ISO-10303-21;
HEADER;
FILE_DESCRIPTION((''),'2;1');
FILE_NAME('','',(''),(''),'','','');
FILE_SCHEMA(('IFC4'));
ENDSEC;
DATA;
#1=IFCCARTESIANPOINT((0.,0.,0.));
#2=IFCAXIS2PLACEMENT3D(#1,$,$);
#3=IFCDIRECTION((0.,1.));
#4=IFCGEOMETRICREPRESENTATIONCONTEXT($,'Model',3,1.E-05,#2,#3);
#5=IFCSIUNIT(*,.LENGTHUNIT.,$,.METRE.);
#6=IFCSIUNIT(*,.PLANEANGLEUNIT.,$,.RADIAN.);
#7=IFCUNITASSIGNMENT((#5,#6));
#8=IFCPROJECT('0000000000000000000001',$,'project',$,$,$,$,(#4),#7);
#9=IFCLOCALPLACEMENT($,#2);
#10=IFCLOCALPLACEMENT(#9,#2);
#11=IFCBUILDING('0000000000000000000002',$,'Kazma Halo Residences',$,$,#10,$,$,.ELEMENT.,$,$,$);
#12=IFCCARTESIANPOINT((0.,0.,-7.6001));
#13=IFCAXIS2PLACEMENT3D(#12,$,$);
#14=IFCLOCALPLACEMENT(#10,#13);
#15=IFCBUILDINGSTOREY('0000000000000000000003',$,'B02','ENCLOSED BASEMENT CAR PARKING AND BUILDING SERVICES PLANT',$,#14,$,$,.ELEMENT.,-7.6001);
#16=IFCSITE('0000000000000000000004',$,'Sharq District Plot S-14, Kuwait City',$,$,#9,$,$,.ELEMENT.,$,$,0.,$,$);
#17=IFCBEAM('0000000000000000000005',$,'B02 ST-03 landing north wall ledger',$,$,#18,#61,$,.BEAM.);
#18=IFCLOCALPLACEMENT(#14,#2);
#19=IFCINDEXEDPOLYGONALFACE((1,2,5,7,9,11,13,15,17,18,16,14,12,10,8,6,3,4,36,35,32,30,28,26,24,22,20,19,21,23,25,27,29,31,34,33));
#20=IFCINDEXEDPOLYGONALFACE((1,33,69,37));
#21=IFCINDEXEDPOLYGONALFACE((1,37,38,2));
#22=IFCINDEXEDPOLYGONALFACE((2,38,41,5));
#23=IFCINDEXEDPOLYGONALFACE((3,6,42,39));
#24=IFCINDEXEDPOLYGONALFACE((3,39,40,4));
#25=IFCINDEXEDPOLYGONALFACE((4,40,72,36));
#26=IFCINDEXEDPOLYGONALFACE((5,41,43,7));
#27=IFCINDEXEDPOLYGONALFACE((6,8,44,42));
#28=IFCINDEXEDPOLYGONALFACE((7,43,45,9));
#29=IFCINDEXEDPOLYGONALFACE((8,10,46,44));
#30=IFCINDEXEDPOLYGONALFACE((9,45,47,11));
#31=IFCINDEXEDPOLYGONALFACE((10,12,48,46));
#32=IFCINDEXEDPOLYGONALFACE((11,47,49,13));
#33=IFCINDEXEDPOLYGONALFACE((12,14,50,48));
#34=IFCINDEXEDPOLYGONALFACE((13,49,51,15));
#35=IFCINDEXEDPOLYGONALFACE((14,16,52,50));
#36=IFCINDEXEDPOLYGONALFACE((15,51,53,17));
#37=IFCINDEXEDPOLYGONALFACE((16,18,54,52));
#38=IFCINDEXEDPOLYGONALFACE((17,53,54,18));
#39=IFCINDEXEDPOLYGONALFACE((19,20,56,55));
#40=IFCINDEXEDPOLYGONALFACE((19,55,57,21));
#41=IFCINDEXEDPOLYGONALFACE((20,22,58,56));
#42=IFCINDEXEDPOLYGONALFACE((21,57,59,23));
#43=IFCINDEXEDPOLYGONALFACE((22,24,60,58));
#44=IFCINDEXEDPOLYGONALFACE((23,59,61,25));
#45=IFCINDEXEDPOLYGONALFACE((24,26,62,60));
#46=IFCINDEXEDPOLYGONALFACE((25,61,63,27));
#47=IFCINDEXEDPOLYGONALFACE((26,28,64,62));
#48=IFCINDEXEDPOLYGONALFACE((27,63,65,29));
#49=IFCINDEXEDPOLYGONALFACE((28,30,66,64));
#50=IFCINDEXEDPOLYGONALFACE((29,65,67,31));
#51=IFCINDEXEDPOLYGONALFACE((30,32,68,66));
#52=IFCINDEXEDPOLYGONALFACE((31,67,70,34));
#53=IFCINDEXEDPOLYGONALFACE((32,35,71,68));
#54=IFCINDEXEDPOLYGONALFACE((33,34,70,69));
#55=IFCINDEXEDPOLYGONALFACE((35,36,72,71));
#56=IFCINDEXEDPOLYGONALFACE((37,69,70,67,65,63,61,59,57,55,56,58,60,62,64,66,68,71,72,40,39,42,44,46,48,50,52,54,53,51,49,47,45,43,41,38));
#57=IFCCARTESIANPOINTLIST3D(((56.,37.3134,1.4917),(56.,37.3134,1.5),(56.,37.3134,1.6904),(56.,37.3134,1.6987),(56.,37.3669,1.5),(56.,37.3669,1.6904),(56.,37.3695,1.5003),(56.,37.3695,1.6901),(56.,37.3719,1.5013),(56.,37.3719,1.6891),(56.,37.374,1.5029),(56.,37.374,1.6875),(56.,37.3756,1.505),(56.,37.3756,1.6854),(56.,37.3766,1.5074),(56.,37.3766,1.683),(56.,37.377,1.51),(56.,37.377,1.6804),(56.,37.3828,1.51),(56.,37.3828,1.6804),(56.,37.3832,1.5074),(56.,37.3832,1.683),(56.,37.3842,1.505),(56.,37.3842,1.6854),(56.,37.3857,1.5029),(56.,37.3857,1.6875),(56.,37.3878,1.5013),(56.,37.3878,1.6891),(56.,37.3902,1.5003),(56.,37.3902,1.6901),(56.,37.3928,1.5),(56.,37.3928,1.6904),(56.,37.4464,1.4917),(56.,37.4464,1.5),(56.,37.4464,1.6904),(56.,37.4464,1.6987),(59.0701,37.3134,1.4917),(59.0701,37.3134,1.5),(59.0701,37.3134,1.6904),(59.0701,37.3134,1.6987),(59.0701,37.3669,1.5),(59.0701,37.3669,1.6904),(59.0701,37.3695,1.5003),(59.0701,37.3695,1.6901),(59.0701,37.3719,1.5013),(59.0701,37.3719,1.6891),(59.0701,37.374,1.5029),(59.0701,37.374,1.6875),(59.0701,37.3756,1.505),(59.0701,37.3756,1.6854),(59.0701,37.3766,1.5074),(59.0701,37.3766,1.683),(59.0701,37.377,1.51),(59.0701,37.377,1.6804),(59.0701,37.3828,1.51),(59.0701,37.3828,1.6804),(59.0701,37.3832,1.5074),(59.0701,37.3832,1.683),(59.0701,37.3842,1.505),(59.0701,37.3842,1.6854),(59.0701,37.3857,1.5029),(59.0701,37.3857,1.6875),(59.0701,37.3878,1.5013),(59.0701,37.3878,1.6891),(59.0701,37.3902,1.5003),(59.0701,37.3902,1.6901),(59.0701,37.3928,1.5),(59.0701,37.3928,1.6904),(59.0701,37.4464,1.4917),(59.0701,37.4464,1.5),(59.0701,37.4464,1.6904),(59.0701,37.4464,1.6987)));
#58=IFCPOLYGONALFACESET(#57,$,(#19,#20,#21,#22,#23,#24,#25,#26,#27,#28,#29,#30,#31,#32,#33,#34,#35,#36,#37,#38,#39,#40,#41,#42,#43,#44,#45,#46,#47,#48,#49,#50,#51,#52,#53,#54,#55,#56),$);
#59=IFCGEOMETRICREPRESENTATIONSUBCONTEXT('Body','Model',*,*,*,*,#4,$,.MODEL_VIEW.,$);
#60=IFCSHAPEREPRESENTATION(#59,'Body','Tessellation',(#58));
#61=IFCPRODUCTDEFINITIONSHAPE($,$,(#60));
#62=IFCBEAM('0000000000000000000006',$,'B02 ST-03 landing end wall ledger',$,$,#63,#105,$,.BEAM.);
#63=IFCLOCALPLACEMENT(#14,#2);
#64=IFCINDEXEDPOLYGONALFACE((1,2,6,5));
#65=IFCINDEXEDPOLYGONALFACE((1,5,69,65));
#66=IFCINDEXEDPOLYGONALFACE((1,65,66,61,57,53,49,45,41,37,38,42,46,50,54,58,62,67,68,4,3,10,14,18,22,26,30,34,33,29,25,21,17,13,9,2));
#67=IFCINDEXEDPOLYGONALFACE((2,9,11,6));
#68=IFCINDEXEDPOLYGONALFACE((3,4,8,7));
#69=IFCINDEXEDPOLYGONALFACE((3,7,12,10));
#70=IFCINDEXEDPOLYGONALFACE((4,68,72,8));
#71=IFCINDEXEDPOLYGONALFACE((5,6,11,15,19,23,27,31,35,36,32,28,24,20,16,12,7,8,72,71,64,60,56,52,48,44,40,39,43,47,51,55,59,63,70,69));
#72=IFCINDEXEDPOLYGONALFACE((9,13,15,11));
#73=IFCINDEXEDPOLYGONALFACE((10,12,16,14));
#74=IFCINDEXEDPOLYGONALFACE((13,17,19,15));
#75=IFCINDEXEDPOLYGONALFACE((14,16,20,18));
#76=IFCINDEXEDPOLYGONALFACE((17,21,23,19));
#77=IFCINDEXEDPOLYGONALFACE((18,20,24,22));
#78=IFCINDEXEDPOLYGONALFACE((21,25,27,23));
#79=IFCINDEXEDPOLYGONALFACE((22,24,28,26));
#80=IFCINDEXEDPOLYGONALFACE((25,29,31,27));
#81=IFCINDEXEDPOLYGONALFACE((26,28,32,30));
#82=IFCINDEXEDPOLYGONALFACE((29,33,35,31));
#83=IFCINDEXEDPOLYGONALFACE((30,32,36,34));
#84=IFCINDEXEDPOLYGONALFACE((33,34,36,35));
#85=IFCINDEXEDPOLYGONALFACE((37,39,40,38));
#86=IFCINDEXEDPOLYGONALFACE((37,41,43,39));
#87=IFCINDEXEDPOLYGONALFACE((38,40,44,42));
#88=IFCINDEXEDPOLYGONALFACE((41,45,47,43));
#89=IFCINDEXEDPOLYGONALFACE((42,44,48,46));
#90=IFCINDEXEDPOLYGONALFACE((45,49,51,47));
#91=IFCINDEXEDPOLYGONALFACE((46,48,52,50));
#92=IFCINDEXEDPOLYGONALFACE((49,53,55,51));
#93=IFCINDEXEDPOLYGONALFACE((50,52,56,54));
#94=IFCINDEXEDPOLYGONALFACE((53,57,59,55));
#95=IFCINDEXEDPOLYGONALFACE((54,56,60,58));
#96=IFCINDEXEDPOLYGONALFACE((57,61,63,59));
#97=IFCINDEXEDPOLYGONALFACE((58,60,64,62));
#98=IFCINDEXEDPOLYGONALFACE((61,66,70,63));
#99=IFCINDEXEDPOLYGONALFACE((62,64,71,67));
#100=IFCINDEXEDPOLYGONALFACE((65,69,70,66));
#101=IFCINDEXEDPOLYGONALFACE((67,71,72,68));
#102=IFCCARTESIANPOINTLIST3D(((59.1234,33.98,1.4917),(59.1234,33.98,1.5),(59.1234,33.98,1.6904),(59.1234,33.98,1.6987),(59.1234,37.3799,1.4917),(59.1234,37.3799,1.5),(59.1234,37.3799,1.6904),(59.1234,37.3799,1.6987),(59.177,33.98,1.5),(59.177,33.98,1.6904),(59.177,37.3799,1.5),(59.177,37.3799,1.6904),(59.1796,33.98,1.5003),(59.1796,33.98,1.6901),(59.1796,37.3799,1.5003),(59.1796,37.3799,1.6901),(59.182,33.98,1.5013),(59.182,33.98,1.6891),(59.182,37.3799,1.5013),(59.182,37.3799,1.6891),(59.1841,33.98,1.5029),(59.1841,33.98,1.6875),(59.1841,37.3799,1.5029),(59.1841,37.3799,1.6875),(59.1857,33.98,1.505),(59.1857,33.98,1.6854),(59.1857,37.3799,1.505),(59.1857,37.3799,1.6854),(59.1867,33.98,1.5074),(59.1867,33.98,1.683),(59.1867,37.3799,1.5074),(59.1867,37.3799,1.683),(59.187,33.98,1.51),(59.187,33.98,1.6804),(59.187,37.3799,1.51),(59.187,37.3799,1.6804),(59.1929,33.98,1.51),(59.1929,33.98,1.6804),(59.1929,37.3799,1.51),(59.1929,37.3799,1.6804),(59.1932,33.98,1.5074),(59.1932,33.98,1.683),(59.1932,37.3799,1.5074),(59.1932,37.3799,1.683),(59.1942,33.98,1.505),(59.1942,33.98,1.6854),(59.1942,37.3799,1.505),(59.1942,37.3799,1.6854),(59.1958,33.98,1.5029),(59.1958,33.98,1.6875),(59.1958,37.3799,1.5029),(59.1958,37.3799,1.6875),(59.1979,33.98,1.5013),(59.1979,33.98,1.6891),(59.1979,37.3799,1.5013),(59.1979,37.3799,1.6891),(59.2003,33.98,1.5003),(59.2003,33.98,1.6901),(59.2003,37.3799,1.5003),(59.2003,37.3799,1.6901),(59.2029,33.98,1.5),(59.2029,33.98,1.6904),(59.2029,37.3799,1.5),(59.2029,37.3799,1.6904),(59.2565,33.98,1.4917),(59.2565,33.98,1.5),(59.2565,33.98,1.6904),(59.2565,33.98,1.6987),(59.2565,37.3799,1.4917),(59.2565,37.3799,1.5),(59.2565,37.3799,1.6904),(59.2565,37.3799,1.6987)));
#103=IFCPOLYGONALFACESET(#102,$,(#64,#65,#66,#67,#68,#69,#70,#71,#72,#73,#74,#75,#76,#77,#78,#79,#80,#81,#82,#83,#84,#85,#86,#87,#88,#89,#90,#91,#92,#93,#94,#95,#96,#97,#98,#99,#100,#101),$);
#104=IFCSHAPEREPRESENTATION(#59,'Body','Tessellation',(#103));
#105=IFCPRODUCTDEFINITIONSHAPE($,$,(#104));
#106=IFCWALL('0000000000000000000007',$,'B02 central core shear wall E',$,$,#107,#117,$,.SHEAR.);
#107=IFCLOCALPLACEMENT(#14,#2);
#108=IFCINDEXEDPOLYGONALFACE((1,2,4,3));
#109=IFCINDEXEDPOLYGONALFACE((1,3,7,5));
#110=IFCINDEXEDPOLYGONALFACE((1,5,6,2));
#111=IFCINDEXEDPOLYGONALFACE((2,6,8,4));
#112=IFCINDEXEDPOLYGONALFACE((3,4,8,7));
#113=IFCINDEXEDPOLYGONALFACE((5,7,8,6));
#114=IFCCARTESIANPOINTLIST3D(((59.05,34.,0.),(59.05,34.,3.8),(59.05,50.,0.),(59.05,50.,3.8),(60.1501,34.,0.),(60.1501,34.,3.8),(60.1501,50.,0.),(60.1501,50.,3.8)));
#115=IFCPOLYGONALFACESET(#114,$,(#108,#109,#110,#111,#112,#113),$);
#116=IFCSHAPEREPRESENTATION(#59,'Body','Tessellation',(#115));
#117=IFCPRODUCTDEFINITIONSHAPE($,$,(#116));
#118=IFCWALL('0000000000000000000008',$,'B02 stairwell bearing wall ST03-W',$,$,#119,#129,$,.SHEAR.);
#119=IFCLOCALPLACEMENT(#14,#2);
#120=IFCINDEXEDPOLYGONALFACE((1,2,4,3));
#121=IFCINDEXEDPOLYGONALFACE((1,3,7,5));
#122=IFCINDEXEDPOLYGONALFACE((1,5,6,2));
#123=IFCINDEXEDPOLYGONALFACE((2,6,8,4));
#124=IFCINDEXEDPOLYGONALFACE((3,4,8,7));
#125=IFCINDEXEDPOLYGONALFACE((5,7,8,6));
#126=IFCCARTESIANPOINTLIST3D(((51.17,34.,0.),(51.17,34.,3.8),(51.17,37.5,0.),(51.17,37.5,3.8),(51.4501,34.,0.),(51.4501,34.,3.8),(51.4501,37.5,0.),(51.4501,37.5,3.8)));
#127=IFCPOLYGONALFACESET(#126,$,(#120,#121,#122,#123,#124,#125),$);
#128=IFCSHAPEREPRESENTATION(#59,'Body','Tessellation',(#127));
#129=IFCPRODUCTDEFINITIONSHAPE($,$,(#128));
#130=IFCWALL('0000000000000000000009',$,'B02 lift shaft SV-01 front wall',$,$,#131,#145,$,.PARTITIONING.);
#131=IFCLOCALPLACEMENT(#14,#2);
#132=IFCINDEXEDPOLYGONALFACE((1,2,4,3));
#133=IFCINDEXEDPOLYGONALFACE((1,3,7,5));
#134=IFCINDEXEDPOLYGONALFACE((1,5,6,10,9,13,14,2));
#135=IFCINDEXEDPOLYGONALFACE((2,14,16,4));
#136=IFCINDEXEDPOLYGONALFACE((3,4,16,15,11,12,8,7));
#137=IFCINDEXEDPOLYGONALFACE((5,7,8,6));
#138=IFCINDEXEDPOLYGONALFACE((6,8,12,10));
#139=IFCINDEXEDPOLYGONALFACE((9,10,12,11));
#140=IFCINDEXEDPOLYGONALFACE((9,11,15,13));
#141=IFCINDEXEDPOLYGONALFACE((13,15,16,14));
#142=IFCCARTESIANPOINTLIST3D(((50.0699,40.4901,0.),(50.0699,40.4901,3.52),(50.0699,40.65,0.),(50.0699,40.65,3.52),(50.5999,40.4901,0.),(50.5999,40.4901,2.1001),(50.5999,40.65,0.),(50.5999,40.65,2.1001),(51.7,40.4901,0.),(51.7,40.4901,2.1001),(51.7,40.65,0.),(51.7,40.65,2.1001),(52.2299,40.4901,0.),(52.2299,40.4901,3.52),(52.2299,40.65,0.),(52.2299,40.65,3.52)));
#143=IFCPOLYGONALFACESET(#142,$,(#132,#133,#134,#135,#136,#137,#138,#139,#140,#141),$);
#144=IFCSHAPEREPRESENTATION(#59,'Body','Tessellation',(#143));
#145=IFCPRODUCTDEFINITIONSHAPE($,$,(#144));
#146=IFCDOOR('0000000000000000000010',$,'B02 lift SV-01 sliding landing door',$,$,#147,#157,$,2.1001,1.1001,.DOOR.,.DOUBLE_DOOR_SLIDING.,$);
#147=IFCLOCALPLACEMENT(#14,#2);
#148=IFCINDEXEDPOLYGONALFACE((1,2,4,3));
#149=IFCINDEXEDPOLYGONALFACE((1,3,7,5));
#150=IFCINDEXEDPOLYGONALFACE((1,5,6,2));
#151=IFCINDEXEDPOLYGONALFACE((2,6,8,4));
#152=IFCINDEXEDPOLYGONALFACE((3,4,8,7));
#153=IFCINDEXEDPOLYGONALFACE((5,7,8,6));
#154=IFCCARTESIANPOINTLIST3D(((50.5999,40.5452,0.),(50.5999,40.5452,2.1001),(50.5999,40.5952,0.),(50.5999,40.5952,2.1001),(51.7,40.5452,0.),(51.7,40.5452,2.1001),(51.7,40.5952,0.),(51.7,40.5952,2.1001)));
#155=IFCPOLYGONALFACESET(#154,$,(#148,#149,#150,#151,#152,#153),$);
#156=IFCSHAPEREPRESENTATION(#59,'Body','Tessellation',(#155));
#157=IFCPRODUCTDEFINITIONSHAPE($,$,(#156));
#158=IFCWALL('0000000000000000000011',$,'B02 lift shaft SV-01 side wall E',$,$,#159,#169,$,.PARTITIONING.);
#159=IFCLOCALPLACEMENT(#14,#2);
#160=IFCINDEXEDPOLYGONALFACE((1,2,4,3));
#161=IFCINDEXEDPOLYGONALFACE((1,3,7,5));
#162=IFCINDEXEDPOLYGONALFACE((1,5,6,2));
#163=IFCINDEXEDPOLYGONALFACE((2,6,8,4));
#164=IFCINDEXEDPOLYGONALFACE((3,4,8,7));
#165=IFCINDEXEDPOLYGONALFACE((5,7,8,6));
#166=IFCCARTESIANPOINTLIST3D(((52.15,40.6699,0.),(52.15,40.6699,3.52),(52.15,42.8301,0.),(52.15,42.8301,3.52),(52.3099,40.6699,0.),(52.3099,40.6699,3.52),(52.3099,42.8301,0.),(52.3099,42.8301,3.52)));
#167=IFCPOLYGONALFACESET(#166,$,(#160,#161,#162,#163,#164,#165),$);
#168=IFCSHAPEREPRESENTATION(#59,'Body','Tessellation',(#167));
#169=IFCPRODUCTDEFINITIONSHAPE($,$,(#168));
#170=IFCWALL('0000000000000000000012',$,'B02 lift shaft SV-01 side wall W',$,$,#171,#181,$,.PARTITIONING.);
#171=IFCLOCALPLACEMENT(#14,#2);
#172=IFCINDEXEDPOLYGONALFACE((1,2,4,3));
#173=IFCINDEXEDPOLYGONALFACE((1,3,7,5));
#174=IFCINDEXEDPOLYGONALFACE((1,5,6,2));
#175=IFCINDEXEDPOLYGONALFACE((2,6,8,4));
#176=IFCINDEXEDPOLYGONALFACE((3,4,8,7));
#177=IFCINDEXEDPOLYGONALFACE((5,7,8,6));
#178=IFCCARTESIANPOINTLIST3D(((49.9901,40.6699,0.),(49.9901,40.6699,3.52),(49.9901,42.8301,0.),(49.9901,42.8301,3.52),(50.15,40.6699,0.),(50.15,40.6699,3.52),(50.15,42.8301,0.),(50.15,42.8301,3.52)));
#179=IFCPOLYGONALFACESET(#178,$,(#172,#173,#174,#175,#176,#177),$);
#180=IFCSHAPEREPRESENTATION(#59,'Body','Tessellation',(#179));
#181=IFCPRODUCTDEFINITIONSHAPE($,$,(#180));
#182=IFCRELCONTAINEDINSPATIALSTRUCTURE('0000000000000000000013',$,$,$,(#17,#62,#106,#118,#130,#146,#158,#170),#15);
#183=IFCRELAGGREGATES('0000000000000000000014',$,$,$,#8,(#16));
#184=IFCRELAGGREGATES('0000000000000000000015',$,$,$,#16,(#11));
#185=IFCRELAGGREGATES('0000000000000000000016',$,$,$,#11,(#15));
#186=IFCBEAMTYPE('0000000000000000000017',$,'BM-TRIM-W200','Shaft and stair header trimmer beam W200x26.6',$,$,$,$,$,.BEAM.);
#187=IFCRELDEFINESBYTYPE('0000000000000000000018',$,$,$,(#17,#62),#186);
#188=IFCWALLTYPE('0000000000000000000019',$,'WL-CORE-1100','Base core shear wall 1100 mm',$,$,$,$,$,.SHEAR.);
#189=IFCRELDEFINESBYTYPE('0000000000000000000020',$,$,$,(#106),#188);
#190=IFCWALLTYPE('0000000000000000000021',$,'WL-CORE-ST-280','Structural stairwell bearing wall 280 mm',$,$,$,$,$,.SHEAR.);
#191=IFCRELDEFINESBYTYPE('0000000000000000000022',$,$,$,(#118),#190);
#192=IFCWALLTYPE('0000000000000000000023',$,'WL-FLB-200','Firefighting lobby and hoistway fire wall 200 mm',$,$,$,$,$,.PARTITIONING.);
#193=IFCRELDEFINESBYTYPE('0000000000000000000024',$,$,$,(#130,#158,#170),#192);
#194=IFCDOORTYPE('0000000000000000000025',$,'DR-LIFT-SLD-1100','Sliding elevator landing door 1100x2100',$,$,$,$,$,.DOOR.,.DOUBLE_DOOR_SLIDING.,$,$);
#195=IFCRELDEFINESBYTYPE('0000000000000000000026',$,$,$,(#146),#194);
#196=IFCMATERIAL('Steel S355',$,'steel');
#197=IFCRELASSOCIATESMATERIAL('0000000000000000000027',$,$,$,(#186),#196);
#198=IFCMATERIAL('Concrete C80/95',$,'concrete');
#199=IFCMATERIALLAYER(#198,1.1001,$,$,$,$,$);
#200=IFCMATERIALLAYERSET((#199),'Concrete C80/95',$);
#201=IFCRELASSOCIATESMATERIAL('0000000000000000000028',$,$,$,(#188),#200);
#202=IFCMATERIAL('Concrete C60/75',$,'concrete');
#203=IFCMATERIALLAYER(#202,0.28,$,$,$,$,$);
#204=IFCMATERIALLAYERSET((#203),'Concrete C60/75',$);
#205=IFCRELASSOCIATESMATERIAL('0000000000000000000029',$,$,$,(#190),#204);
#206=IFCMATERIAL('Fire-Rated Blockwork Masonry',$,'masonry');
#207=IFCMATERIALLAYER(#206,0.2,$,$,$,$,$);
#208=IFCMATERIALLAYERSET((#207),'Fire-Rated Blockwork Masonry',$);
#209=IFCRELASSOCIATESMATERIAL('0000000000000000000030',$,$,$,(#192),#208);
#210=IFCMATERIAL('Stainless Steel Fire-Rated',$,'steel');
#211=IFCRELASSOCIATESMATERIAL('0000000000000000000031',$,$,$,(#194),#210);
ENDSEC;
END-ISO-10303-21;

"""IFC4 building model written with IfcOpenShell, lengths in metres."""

from ifc_helpers import new_model, si_unit, direction, frame, frame_2d, origin, origin_2d, place, context, subcontext, project, spatial, rectangle, i_section, extrude, material, layer, layer_set, material_profile, profile_set, type_object, element, fill, save


model = new_model("IFC4")

# Units and contexts
model_context = context("Model", 3, precision=1e-05, world=origin(), true_north=direction((0.0, 1.0)))
body_context = subcontext(model_context, "Body", "Model", "MODEL_VIEW")
ifc_project = project(units=[si_unit("LENGTHUNIT", "METRE"), si_unit("PLANEANGLEUNIT", "RADIAN")], contexts=[model_context])

# Site, building, storey
site_placement = place(None, origin())
site = spatial("IfcSite", under=ifc_project, at=site_placement, Name="Sharq District Plot S-14, Kuwait City", CompositionType="ELEMENT", RefElevation=0.0)
building_placement = place(site_placement, origin())
building = spatial("IfcBuilding", under=site, at=building_placement, Name="Kazma Halo Residences", CompositionType="ELEMENT")
storey_placement = place(building_placement, frame((0.0, 0.0, -7.6001)))
storey = spatial("IfcBuildingStorey", under=building, at=storey_placement, Name="B02", Description="ENCLOSED BASEMENT CAR PARKING AND BUILDING SERVICES PLANT", CompositionType="ELEMENT", Elevation=-7.6001)

# Shared definitions
ifc_material_1 = material(Name="Concrete C60/75", Category="concrete")

# Shared definitions
ifc_material_2 = material(Name="Steel S355", Category="steel")

# Beams
ifc_material_profile_1 = material_profile(ifc_material_2, i_section(OverallWidth=0.1331, OverallDepth=0.207, WebThickness=0.0059, FlangeThickness=0.0083, FilletRadius=0.01, at=origin_2d()), Name="W200x26.6")
ifc_profile_set_1 = profile_set([ifc_material_profile_1], Name="Steel S355")
beam_type_1 = type_object("IfcBeamType", Name="BM-TRIM-W200", Description="Shaft and stair header trimmer beam W200x26.6", PredefinedType="BEAM", material=ifc_profile_set_1)
beam_1_placement = place(storey_placement, frame((56.0, 37.3799, 1.5952), z_axis=(1.0, 0.0, 0.0), x_axis=(0.0, 1.0, 0.0)))
element("IfcBeam", 1, at=beam_1_placement, inside=storey, type_object=beam_type_1, Name="B02 ST-03 landing north wall ledger", PredefinedType="BEAM", context=body_context, shape_type="SweptSolid", body=[
    extrude(i_section(OverallWidth=0.1331, OverallDepth=0.207, WebThickness=0.0059, FlangeThickness=0.0083, FilletRadius=0.01, at=origin_2d()), origin(), (0.0, 0.0, 1.0), 3.0701),
])
beam_2_placement = place(storey_placement, frame((59.1899, 33.98, 1.5952), z_axis=(0.0, 1.0, 0.0), x_axis=(-1.0, 0.0, 0.0)))
element("IfcBeam", 2, at=beam_2_placement, inside=storey, type_object=beam_type_1, Name="B02 ST-03 landing end wall ledger", PredefinedType="BEAM", context=body_context, shape_type="SweptSolid", body=[
    extrude(i_section(OverallWidth=0.1331, OverallDepth=0.207, WebThickness=0.0059, FlangeThickness=0.0083, FilletRadius=0.01, at=origin_2d()), origin(), (0.0, 0.0, 1.0), 3.3999),
])

# Walls
ifc_material_3 = material(Name="Concrete C80/95", Category="concrete")
ifc_layer_1 = layer(ifc_material_3, 1.1001)
ifc_layer_set_1 = layer_set([ifc_layer_1], Name="Concrete C80/95")
wall_type_1 = type_object("IfcWallType", Name="WL-CORE-1100", Description="Base core shear wall 1100 mm", PredefinedType="SHEAR", material=ifc_layer_set_1)
wall_1_placement = place(storey_placement, frame((59.6001, 34.0, 0.0), z_axis=(0.0, 0.0, 1.0), x_axis=(0.0, 1.0, 0.0)))
element("IfcWall", 3, at=wall_1_placement, inside=storey, type_object=wall_type_1, Name="B02 central core shear wall E", PredefinedType="SHEAR", context=body_context, shape_type="SweptSolid", body=[
    extrude(rectangle(XDim=16.0, YDim=1.1001, at=frame_2d((8.0, 0.0))), origin(), (0.0, 0.0, 1.0), 3.8),
])
ifc_layer_2 = layer(ifc_material_1, 0.28)
ifc_layer_set_2 = layer_set([ifc_layer_2], Name="Concrete C60/75")
wall_type_2 = type_object("IfcWallType", Name="WL-CORE-ST-280", Description="Structural stairwell bearing wall 280 mm", PredefinedType="SHEAR", material=ifc_layer_set_2)
wall_2_placement = place(storey_placement, frame((51.3101, 34.0, 0.0), z_axis=(0.0, 0.0, 1.0), x_axis=(0.0, 1.0, 0.0)))
element("IfcWall", 4, at=wall_2_placement, inside=storey, type_object=wall_type_2, Name="B02 stairwell bearing wall ST03-W", PredefinedType="SHEAR", context=body_context, shape_type="SweptSolid", body=[
    extrude(rectangle(XDim=3.5, YDim=0.28, at=frame_2d((1.75, 0.0))), origin(), (0.0, 0.0, 1.0), 3.8),
])

# Wall, opening, door
ifc_material_4 = material(Name="Fire-Rated Blockwork Masonry", Category="masonry")
ifc_layer_3 = layer(ifc_material_4, 0.2)
ifc_layer_set_3 = layer_set([ifc_layer_3], Name="Fire-Rated Blockwork Masonry")
wall_type_3 = type_object("IfcWallType", Name="WL-FLB-200", Description="Firefighting lobby and hoistway fire wall 200 mm", PredefinedType="PARTITIONING", material=ifc_layer_set_3)
wall_3_placement = place(storey_placement, frame((52.23, 40.5701, 0.0), z_axis=(0.0, 0.0, 1.0), x_axis=(-1.0, 0.0, 0.0)))
wall_3 = element("IfcWall", 5, at=wall_3_placement, inside=storey, type_object=wall_type_3, Name="B02 lift shaft SV-01 front wall", PredefinedType="PARTITIONING", context=body_context, shape_type="SweptSolid", body=[
    extrude(rectangle(XDim=2.1599, YDim=0.1599, at=frame_2d((1.0801, 0.0))), origin(), (0.0, 0.0, 1.0), 3.52),
])
opening_1_placement = place(wall_3_placement, frame((0.53, 0.0, 0.0)))
opening_1 = element("IfcOpeningElement", 6, at=opening_1_placement, cuts=wall_3, PredefinedType="OPENING", context=body_context, shape_type="SweptSolid", body=[
    extrude(rectangle(XDim=1.1001, YDim=2.1001, at=frame_2d((0.55, 1.05))), frame((0.0, 0.0898, 0.0), z_axis=(0.0, -1.0, 0.0), x_axis=(1.0, 0.0, 0.0)), (0.0, 0.0, 1.0), 0.1799),
])
ifc_material_5 = material(Name="Stainless Steel Fire-Rated", Category="steel")
door_type_1 = type_object("IfcDoorType", Name="DR-LIFT-SLD-1100", Description="Sliding elevator landing door 1100x2100", OperationType="DOUBLE_DOOR_SLIDING", PredefinedType="DOOR", material=ifc_material_5)
door_1_placement = place(opening_1_placement, origin())
door_1 = element("IfcDoor", 7, at=door_1_placement, inside=storey, type_object=door_type_1, Name="B02 lift SV-01 sliding landing door", OperationType="DOUBLE_DOOR_SLIDING", OverallHeight=2.1001, OverallWidth=1.1001, PredefinedType="DOOR", context=body_context, shape_type="SweptSolid", body=[
    extrude(rectangle(XDim=1.1001, YDim=2.1001, at=frame_2d((0.55, 1.05))), frame((0.0, 0.0249, 0.0), z_axis=(0.0, -1.0, 0.0), x_axis=(1.0, 0.0, 0.0)), (0.0, 0.0, 1.0), 0.05),
])
fill(opening_1, door_1)

# Walls
for number, where, z_axis, x_axis, name in (
    (8, (52.23, 40.6699, 0.0), (0.0, 0.0, 1.0), (0.0, 1.0, 0.0), "B02 lift shaft SV-01 side wall E"),
    (9, (50.0701, 40.6699, 0.0), (0.0, 0.0, 1.0), (0.0, 1.0, 0.0), "B02 lift shaft SV-01 side wall W"),
):
    element("IfcWall", number, at=place(storey_placement, frame(where, z_axis=z_axis, x_axis=x_axis)), inside=storey, type_object=wall_type_3, Name=name, PredefinedType="PARTITIONING", context=body_context, shape_type="SweptSolid", body=[
        extrude(rectangle(XDim=2.1602, YDim=0.1599, at=frame_2d((1.0801, 0.0))), origin(), (0.0, 0.0, 1.0), 3.52),
    ])

save(model, "model.ifc")
